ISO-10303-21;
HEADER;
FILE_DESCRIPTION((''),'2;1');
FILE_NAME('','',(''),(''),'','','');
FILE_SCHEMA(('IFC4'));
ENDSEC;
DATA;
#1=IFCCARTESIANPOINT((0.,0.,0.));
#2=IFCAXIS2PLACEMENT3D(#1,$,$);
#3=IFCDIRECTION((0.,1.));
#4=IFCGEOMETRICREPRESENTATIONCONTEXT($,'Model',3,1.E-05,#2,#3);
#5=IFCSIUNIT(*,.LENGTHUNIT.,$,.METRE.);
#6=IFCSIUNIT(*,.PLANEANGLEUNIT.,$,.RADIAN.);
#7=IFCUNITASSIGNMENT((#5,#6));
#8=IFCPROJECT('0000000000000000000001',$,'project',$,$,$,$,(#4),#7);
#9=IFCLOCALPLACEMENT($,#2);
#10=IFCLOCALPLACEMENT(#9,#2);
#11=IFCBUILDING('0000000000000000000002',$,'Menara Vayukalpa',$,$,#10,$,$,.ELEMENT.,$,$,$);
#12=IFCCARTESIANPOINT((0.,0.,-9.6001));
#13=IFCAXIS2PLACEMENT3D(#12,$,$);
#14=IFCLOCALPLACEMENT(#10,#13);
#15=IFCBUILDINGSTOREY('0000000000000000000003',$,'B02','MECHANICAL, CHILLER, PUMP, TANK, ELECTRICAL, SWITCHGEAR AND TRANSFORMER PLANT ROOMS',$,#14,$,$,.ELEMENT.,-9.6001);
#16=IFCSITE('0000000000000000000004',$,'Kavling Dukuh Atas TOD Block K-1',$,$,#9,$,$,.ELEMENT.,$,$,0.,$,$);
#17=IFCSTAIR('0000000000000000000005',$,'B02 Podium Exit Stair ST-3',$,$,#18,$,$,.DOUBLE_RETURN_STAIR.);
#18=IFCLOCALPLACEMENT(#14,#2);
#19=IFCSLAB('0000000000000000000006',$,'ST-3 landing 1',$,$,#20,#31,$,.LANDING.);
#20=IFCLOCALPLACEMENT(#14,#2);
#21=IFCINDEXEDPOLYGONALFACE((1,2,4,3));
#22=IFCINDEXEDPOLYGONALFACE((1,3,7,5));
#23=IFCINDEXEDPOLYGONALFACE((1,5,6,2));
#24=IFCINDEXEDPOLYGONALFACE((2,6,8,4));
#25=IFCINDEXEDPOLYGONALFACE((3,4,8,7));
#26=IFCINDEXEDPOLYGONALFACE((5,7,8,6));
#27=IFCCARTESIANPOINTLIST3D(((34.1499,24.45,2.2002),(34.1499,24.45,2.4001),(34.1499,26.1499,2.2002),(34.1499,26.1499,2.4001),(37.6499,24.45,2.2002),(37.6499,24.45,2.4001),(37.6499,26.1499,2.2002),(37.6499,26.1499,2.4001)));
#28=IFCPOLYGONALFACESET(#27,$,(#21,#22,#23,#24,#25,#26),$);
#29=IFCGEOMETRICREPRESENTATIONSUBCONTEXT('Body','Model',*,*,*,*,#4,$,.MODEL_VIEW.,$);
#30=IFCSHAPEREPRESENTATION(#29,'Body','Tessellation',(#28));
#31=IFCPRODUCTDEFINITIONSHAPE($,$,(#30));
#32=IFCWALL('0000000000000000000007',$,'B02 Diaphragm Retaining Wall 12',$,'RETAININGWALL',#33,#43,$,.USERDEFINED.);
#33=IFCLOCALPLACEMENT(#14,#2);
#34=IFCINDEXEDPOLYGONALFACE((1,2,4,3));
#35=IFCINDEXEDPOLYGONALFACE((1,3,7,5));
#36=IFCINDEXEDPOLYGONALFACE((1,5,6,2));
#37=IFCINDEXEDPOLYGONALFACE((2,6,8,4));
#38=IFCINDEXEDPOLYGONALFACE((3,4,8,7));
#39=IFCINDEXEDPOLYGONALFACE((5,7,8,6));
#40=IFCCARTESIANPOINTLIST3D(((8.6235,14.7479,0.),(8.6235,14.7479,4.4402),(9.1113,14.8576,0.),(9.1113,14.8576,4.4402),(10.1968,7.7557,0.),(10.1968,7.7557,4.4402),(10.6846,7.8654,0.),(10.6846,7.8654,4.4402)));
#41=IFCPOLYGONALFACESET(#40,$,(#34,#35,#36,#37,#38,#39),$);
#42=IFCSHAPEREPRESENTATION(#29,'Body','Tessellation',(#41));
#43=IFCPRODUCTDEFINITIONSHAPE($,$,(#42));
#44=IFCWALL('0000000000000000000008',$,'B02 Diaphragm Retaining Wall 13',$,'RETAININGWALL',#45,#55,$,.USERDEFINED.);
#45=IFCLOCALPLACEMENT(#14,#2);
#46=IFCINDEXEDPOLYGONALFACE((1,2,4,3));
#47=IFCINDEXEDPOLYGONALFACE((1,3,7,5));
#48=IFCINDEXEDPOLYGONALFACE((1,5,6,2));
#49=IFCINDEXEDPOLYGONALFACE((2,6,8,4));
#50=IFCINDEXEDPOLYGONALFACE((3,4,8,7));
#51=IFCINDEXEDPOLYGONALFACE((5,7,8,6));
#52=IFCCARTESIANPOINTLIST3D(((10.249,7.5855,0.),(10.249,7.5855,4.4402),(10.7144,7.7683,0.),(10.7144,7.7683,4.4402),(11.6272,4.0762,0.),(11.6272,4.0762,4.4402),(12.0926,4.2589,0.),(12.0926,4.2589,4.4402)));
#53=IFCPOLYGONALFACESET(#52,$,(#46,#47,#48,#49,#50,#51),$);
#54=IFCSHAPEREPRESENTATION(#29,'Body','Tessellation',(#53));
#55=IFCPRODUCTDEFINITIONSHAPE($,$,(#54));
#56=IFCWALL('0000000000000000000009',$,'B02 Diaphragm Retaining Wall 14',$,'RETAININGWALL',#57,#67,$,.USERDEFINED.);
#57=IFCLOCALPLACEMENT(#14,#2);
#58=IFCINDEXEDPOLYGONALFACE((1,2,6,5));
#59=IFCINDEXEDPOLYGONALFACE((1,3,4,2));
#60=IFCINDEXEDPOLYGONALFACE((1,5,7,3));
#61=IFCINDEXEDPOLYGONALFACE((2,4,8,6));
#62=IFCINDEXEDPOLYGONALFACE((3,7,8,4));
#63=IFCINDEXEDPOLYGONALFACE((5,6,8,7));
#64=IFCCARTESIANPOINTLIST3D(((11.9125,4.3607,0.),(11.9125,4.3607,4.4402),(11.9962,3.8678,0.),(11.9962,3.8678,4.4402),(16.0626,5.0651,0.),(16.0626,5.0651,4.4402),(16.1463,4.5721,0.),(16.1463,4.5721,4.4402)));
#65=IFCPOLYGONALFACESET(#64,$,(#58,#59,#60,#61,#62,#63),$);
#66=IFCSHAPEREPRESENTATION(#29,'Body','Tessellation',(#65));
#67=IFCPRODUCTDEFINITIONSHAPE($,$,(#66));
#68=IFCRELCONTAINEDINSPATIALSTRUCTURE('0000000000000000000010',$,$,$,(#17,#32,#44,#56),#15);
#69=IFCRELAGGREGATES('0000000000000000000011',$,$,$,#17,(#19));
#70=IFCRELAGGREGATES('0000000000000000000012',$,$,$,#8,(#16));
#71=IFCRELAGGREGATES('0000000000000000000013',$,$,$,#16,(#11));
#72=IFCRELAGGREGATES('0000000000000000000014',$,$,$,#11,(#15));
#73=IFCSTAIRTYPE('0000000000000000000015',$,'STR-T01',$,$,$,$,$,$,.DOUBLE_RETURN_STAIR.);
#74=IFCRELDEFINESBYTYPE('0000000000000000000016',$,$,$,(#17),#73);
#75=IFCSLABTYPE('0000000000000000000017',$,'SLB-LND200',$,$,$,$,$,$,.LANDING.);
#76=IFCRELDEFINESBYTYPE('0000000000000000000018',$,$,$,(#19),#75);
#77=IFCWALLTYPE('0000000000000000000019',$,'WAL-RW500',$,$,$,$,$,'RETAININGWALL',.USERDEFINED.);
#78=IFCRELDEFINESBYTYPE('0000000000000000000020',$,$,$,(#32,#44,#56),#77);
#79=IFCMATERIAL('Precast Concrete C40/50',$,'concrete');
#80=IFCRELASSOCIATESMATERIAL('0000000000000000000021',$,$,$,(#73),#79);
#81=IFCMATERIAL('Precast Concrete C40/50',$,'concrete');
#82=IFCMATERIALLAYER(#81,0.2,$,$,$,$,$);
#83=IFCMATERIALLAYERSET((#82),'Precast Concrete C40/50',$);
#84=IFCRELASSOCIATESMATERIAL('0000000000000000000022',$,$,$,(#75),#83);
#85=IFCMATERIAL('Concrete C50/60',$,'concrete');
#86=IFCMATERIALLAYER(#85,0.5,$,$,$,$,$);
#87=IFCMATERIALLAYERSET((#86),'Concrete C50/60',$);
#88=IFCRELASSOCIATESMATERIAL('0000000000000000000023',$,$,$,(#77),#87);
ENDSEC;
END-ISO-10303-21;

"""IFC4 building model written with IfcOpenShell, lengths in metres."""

from ifc_helpers import new_model, si_unit, direction, frame, frame_2d, origin, place, context, subcontext, project, spatial, polyline, rectangle, outline, extrude, material, layer, layer_set, type_object, element, aggregate, save


model = new_model("IFC4")

# Units and contexts
model_context = context("Model", 3, precision=1e-05, world=origin(), true_north=direction((0.0, 1.0)))
body_context = subcontext(model_context, "Body", "Model", "MODEL_VIEW")
ifc_project = project(units=[si_unit("LENGTHUNIT", "METRE"), si_unit("PLANEANGLEUNIT", "RADIAN")], contexts=[model_context])

# Site, building, storey
site_placement = place(None, origin())
site = spatial("IfcSite", under=ifc_project, at=site_placement, Name="Kavling Dukuh Atas TOD Block K-1", CompositionType="ELEMENT", RefElevation=0.0)
building_placement = place(site_placement, origin())
building = spatial("IfcBuilding", under=site, at=building_placement, Name="Menara Vayukalpa", CompositionType="ELEMENT")
storey_placement = place(building_placement, frame((0.0, 0.0, -9.6001)))
storey = spatial("IfcBuildingStorey", under=building, at=storey_placement, Name="B02", Description="MECHANICAL, CHILLER, PUMP, TANK, ELECTRICAL, SWITCHGEAR AND TRANSFORMER PLANT ROOMS", CompositionType="ELEMENT", Elevation=-9.6001)

# Stair, slab
ifc_material_1 = material(Name="Precast Concrete C40/50", Category="concrete")
stair_type = type_object("IfcStairType", Name="STR-T01", PredefinedType="DOUBLE_RETURN_STAIR", material=ifc_material_1)
ifc_material_2 = material(Name="Precast Concrete C40/50", Category="concrete")
ifc_layer_1 = layer(ifc_material_2, 0.2)
ifc_layer_set_1 = layer_set([ifc_layer_1], Name="Precast Concrete C40/50")
slab_type_1 = type_object("IfcSlabType", Name="SLB-LND200", PredefinedType="LANDING", material=ifc_layer_set_1)
stair_1_placement = place(storey_placement, origin())
stair_1 = element("IfcStair", 1, at=stair_1_placement, inside=storey, type_object=stair_type, Name="B02 Podium Exit Stair ST-3", PredefinedType="DOUBLE_RETURN_STAIR")
slab_1_placement = place(storey_placement, frame((0.0, 0.0, 2.2002)))
slab_1 = element("IfcSlab", 2, at=slab_1_placement, type_object=slab_type_1, Name="ST-3 landing 1", PredefinedType="LANDING", context=body_context, shape_type="SweptSolid", body=[
    extrude(outline(polyline([(37.6499, 24.45), (37.6499, 26.1499), (34.1499, 26.1499), (34.1499, 24.45), (37.6499, 24.45)])), origin(), (0.0, 0.0, 1.0), 0.2),
])
aggregate(stair_1, [slab_1])

# Walls
ifc_material_3 = material(Name="Concrete C50/60", Category="concrete")
ifc_layer_2 = layer(ifc_material_3, 0.5)
ifc_layer_set_2 = layer_set([ifc_layer_2], Name="Concrete C50/60")
wall_type = type_object("IfcWallType", Name="WAL-RW500", ElementType="RETAININGWALL", PredefinedType="USERDEFINED", material=ifc_layer_set_2)
wall_1_placement = place(storey_placement, frame((8.8674, 14.8027, 0.0), z_axis=(0.0, 0.0, 1.0), x_axis=(0.219512, -0.97561, 0.0)))
element("IfcWall", 3, at=wall_1_placement, inside=storey, type_object=wall_type, Name="B02 Diaphragm Retaining Wall 12", ObjectType="RETAININGWALL", PredefinedType="USERDEFINED", context=body_context, shape_type="SweptSolid", body=[
    extrude(rectangle(XDim=7.167, YDim=0.5, at=frame_2d((3.5835, 0.0))), origin(), (0.0, 0.0, 1.0), 4.4402),
])
wall_2_placement = place(storey_placement, frame((10.4817, 7.677, 0.0), z_axis=(0.0, 0.0, 1.0), x_axis=(0.365544, -0.930794, 0.0)))
element("IfcWall", 4, at=wall_2_placement, inside=storey, type_object=wall_type, Name="B02 Diaphragm Retaining Wall 13", ObjectType="RETAININGWALL", PredefinedType="USERDEFINED", context=body_context, shape_type="SweptSolid", body=[
    extrude(rectangle(XDim=3.7703, YDim=0.5, at=frame_2d((1.8853, 0.0))), origin(), (0.0, 0.0, 1.0), 4.4402),
])
wall_3_placement = place(storey_placement, frame((11.9543, 4.1143, 0.0), z_axis=(0.0, 0.0, 1.0), x_axis=(0.985902, 0.167323, 0.0)))
element("IfcWall", 5, at=wall_3_placement, inside=storey, type_object=wall_type, Name="B02 Diaphragm Retaining Wall 14", ObjectType="RETAININGWALL", PredefinedType="USERDEFINED", context=body_context, shape_type="SweptSolid", body=[
    extrude(rectangle(XDim=4.2095, YDim=0.5, at=frame_2d((2.1047, 0.0))), origin(), (0.0, 0.0, 1.0), 4.4402),
])

save(model, "model.ifc")
